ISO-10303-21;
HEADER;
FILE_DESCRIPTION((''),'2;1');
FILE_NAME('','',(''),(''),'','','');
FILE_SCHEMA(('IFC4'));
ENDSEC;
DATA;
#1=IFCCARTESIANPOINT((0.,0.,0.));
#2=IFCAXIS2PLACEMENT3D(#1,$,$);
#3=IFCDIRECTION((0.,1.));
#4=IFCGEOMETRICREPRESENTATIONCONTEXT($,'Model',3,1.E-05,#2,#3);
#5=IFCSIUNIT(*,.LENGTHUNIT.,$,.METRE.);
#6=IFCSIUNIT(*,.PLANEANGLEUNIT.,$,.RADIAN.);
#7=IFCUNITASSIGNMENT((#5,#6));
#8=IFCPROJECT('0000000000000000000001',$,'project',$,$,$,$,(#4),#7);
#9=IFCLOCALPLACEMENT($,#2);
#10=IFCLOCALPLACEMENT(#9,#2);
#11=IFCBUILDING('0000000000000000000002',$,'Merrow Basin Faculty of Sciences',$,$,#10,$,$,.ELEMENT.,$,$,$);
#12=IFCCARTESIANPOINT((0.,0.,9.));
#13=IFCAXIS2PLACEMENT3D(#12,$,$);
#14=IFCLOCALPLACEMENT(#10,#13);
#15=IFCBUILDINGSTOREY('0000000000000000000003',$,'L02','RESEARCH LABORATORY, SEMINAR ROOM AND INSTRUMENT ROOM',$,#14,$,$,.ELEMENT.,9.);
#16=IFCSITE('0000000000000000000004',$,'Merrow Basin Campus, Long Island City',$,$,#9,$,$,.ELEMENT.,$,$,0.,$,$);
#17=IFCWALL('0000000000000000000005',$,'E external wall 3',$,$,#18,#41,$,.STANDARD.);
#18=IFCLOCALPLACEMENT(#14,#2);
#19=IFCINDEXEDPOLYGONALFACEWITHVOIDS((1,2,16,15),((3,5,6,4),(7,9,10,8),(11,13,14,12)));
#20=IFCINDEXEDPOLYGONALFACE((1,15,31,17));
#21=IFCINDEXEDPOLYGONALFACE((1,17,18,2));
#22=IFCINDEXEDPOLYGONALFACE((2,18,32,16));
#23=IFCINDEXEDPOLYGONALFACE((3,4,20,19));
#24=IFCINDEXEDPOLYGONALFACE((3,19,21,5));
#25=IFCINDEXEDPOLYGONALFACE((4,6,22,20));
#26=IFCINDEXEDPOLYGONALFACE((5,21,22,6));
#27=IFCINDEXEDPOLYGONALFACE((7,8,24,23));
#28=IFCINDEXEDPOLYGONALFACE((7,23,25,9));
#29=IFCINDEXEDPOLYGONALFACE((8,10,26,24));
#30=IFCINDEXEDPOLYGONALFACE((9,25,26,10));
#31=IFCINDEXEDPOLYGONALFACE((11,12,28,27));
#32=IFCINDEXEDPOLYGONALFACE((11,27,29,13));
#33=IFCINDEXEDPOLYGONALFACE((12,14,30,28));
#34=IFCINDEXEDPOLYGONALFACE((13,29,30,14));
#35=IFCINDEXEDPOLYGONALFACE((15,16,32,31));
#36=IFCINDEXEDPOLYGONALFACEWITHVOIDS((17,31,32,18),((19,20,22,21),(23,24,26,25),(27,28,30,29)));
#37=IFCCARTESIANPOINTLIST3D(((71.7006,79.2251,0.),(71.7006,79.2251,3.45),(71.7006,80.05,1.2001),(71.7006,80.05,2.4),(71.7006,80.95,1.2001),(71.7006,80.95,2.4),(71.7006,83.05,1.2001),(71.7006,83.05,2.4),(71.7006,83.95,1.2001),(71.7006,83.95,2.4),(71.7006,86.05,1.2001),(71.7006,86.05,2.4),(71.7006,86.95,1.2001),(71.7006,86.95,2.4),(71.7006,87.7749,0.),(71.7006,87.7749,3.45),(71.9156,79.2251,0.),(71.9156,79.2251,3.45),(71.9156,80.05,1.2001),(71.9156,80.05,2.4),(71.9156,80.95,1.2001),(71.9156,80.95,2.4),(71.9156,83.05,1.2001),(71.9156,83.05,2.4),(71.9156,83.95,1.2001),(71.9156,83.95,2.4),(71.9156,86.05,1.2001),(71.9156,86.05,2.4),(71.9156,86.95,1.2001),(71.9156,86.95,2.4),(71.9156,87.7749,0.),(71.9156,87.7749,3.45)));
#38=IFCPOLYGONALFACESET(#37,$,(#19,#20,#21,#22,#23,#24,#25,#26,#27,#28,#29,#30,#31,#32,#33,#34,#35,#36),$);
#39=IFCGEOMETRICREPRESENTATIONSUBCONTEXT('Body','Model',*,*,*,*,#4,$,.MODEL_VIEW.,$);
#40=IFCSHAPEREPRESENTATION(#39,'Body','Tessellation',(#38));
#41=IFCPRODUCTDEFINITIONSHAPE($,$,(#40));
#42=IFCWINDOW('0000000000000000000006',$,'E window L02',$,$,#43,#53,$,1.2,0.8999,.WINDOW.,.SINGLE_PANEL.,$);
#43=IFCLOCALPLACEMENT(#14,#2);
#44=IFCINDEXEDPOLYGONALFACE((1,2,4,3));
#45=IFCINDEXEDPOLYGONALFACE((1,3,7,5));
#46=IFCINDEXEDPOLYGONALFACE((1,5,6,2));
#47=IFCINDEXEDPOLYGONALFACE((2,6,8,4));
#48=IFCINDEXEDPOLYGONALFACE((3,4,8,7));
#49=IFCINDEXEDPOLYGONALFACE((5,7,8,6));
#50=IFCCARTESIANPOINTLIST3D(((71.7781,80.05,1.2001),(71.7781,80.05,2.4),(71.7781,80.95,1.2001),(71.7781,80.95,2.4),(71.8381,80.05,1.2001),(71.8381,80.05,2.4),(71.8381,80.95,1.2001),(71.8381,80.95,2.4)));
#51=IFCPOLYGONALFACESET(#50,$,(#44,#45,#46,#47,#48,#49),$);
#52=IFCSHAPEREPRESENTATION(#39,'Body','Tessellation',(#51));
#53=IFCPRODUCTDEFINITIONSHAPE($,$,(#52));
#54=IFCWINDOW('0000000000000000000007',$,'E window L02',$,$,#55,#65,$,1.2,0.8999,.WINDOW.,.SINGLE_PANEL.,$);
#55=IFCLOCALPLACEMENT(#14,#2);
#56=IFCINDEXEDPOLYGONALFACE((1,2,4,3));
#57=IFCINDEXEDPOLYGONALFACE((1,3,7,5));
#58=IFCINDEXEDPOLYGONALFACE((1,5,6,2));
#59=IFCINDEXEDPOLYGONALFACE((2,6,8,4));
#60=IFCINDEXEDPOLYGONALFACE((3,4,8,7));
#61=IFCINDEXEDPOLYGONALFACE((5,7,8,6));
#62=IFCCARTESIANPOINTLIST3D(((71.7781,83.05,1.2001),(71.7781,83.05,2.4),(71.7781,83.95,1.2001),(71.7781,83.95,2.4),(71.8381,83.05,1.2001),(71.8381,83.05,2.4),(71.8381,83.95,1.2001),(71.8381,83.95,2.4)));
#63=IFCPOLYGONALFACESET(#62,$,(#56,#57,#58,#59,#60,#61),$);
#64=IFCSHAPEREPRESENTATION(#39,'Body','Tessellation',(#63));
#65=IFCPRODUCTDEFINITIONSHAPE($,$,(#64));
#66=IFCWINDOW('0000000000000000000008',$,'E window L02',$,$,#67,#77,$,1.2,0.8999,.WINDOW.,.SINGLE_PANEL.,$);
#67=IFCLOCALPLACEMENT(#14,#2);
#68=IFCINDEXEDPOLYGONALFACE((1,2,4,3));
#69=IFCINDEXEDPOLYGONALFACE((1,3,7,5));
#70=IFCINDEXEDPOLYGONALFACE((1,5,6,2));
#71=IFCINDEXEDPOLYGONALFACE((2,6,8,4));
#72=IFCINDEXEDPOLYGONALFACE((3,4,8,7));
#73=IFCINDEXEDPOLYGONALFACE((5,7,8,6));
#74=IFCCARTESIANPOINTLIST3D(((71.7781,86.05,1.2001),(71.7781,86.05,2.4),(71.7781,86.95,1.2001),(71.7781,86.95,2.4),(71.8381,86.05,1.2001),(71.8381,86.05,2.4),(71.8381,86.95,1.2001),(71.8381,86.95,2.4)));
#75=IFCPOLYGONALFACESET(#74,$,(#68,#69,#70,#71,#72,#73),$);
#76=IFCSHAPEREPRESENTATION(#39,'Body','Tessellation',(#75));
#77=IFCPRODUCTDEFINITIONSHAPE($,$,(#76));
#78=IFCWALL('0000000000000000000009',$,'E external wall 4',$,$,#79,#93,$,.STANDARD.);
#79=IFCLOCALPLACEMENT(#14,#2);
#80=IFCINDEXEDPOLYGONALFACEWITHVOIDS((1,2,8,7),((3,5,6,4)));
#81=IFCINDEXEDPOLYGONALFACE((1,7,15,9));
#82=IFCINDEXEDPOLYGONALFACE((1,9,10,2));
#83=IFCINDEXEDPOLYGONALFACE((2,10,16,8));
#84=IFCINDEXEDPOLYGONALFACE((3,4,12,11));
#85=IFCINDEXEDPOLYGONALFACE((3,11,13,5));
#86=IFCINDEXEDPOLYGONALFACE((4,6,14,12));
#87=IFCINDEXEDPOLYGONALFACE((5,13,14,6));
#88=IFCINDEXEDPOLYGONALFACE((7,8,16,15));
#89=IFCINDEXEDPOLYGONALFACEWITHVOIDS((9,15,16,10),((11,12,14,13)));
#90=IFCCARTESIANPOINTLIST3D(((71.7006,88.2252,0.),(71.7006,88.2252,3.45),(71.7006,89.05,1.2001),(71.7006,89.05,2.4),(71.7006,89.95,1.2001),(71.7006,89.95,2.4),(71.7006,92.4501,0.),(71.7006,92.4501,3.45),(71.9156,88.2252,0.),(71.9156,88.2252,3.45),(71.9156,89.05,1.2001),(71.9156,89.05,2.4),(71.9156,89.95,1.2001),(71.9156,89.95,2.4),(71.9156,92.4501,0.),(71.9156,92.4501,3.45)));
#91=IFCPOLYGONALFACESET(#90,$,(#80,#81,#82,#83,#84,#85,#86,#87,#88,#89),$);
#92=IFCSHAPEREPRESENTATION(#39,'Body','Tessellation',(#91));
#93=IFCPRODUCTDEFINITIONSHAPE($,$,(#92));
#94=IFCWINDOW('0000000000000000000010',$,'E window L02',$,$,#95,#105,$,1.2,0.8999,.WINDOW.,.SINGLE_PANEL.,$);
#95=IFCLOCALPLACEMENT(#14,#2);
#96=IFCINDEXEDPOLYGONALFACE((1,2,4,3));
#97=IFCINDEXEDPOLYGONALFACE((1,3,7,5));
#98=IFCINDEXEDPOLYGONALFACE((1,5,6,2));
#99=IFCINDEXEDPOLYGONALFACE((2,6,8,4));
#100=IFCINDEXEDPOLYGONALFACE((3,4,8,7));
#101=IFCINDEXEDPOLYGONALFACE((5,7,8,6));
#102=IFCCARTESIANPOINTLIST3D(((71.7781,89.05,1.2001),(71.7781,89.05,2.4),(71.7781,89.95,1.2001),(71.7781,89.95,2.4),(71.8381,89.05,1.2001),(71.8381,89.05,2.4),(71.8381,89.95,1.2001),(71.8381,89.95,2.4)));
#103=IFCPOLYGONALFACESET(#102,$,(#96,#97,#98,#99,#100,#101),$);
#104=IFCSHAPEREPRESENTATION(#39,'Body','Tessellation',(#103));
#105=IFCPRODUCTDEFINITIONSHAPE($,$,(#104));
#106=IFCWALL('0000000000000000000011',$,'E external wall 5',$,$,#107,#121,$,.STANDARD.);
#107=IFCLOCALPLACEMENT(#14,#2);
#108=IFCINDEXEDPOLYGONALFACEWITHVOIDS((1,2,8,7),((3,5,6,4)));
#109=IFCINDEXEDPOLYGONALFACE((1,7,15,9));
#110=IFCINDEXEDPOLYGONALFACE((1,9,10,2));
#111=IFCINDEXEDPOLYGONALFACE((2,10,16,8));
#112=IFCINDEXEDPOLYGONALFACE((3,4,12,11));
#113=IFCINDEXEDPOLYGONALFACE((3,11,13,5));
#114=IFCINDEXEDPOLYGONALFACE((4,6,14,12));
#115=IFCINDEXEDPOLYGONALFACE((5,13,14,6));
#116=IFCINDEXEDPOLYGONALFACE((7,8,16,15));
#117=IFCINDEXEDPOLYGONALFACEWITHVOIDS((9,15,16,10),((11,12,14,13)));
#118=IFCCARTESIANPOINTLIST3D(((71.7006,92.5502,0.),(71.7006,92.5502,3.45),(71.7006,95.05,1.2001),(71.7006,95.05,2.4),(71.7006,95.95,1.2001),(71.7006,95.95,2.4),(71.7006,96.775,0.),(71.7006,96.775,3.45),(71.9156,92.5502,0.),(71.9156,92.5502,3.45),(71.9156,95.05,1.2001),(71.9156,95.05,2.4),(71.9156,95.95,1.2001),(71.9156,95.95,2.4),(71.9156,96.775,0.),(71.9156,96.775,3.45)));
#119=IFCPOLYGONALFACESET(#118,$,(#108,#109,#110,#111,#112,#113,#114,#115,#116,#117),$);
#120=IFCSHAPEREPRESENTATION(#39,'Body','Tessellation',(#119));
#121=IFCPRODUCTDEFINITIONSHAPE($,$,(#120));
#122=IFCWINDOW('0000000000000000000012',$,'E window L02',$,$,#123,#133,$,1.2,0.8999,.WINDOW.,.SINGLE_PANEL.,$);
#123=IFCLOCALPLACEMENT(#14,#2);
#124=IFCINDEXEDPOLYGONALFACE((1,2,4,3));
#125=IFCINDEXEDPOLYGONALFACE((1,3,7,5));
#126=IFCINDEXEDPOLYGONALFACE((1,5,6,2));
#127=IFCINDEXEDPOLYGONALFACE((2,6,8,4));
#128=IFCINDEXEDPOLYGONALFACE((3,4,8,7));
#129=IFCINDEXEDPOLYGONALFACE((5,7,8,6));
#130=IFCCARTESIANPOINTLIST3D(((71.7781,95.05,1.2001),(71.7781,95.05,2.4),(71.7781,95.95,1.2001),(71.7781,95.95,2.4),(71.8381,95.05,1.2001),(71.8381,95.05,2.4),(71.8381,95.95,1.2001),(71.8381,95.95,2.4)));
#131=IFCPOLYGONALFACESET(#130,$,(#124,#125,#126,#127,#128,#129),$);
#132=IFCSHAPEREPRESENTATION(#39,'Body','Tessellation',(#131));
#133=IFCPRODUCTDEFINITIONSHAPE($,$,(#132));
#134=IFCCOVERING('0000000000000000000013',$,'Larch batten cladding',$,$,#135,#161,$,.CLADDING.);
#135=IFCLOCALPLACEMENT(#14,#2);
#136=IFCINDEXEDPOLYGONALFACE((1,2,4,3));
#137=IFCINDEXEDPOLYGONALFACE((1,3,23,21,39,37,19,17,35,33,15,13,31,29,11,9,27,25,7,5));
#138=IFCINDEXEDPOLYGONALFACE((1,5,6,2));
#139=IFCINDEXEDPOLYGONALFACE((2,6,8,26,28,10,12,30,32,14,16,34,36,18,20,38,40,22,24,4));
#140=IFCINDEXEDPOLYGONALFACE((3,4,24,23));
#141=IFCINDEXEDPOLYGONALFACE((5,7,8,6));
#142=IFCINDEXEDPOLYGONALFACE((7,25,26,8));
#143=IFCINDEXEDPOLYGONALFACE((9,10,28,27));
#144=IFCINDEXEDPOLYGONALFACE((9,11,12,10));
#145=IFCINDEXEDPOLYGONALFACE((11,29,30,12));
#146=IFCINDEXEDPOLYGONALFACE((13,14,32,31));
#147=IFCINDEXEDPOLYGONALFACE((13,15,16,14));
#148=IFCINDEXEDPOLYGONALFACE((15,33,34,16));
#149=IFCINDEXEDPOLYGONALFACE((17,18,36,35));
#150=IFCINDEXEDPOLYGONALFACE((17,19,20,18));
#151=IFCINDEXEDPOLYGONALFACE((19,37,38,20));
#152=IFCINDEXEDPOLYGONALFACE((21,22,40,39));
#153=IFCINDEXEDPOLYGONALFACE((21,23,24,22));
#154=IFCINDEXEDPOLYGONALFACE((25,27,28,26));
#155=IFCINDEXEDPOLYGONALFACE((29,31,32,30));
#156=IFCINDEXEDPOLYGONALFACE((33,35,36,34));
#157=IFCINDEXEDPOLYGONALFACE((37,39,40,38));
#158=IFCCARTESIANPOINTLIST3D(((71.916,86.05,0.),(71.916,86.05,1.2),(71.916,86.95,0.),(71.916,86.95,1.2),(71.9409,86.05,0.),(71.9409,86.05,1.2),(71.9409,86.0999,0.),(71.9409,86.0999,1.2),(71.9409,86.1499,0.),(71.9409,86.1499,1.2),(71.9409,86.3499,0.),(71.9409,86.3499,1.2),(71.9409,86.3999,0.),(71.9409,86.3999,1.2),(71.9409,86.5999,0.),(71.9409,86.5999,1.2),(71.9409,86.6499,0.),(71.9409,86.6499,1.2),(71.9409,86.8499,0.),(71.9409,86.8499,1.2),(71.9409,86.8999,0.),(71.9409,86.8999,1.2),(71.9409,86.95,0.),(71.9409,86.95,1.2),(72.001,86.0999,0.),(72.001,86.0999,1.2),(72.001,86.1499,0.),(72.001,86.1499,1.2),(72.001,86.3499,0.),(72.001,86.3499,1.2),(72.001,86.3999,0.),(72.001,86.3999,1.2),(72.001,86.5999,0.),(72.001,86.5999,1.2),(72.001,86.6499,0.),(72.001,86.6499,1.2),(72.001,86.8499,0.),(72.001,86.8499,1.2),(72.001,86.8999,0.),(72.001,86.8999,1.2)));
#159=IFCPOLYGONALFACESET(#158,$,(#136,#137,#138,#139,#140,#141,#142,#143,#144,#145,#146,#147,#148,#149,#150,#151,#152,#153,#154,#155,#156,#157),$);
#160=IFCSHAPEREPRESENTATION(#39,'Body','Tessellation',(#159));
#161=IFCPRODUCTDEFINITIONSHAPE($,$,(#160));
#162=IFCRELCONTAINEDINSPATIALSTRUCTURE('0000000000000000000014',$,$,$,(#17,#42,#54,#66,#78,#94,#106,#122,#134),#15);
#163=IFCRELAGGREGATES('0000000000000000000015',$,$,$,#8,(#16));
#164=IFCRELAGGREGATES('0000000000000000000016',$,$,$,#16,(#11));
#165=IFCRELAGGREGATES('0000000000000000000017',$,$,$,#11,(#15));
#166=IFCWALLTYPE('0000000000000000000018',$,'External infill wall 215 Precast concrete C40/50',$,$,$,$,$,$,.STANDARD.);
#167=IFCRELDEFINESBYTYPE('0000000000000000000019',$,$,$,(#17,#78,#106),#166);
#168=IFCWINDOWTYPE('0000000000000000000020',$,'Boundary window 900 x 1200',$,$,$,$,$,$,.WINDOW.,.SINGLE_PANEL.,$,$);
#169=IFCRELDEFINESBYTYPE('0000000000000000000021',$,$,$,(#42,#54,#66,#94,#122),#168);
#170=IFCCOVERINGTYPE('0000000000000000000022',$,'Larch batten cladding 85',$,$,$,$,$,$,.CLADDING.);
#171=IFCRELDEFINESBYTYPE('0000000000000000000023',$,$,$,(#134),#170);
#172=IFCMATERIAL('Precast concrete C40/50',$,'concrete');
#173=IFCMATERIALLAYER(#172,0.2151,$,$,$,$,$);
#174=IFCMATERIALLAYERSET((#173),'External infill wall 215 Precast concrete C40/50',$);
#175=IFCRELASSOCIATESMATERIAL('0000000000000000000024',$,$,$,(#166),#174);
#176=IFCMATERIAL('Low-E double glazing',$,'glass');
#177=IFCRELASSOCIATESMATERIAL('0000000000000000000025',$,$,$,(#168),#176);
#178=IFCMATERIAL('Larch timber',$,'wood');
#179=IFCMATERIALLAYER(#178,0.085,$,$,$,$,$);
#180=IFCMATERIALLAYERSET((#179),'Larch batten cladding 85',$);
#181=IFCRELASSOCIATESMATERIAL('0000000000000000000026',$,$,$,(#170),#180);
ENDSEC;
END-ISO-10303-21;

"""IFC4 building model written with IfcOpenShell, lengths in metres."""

from ifc_helpers import new_model, si_unit, direction, frame, frame_2d, origin, place, context, subcontext, project, spatial, polyline, rectangle, outline, extrude, source, transform, mapped, material, layer, layer_set, type_object, element, fill, save


model = new_model("IFC4")

# Units and contexts
model_context = context("Model", 3, precision=1e-05, world=origin(), true_north=direction((0.0, 1.0)))
body_context = subcontext(model_context, "Body", "Model", "MODEL_VIEW")
ifc_project = project(units=[si_unit("LENGTHUNIT", "METRE"), si_unit("PLANEANGLEUNIT", "RADIAN")], contexts=[model_context])

# Site, building, storey
site_placement = place(None, origin())
site = spatial("IfcSite", under=ifc_project, at=site_placement, Name="Merrow Basin Campus, Long Island City", CompositionType="ELEMENT", RefElevation=0.0)
building_placement = place(site_placement, origin())
building = spatial("IfcBuilding", under=site, at=building_placement, Name="Merrow Basin Faculty of Sciences", CompositionType="ELEMENT")
storey_placement = place(building_placement, frame((0.0, 0.0, 9.0)))
storey = spatial("IfcBuildingStorey", under=building, at=storey_placement, Name="L02", Description="RESEARCH LABORATORY, SEMINAR ROOM AND INSTRUMENT ROOM", CompositionType="ELEMENT", Elevation=9.0)

# Wall, openings, windows
ifc_material_1 = material(Name="Precast concrete C40/50", Category="concrete")
ifc_layer_1 = layer(ifc_material_1, 0.2151)
ifc_layer_set_1 = layer_set([ifc_layer_1], Name="External infill wall 215 Precast concrete C40/50")
wall_type = type_object("IfcWallType", Name="External infill wall 215 Precast concrete C40/50", PredefinedType="STANDARD", material=ifc_layer_set_1)
wall_1_placement = place(storey_placement, frame((71.8081, 87.7749, 0.0), z_axis=(0.0, 0.0, 1.0), x_axis=(0.0, -1.0, 0.0)))
wall_1 = element("IfcWall", 1, at=wall_1_placement, inside=storey, type_object=wall_type, Name="E external wall 3", PredefinedType="STANDARD", context=body_context, shape_type="SweptSolid", body=[
    extrude(rectangle(XDim=8.5498, YDim=0.2151, at=frame_2d((4.2749, 0.0))), origin(), (0.0, 0.0, 1.0), 3.45),
])
opening_1_placement = place(wall_1_placement, frame((6.825, 0.0, 1.2)))
opening_1 = element("IfcOpeningElement", 2, at=opening_1_placement, cuts=wall_1, PredefinedType="OPENING", context=body_context, shape_type="SweptSolid", body=[
    extrude(rectangle(XDim=0.8999, YDim=1.2, at=frame_2d((0.45, 0.6001))), frame((0.0, 0.1174, 0.0), z_axis=(0.0, -1.0, 0.0), x_axis=(1.0, 0.0, 0.0)), (0.0, 0.0, 1.0), 0.2351),
])
opening_2_placement = place(wall_1_placement, frame((3.825, 0.0, 1.2)))
opening_2 = element("IfcOpeningElement", 3, at=opening_2_placement, cuts=wall_1, PredefinedType="OPENING", context=body_context, shape_type="SweptSolid", body=[
    extrude(rectangle(XDim=0.8999, YDim=1.2, at=frame_2d((0.45, 0.6001))), frame((0.0, 0.1174, 0.0), z_axis=(0.0, -1.0, 0.0), x_axis=(1.0, 0.0, 0.0)), (0.0, 0.0, 1.0), 0.2351),
])
opening_3_placement = place(wall_1_placement, frame((0.825, 0.0, 1.2)))
opening_3 = element("IfcOpeningElement", 4, at=opening_3_placement, cuts=wall_1, PredefinedType="OPENING", context=body_context, shape_type="SweptSolid", body=[
    extrude(rectangle(XDim=0.8999, YDim=1.2, at=frame_2d((0.45, 0.6001))), frame((0.0, 0.1174, 0.0), z_axis=(0.0, -1.0, 0.0), x_axis=(1.0, 0.0, 0.0)), (0.0, 0.0, 1.0), 0.2351),
])
ifc_material_2 = material(Name="Low-E double glazing", Category="glass")
window_type = type_object("IfcWindowType", Name="Boundary window 900 x 1200", PartitioningType="SINGLE_PANEL", PredefinedType="WINDOW", material=ifc_material_2)
window_1_placement = place(opening_1_placement, origin())
window_1 = element("IfcWindow", 5, at=window_1_placement, inside=storey, type_object=window_type, Name="E window L02", OverallHeight=1.2, OverallWidth=0.8999, PartitioningType="SINGLE_PANEL", PredefinedType="WINDOW", context=body_context, shape_type="SweptSolid", body=[
    extrude(rectangle(XDim=0.8999, YDim=1.2, at=frame_2d((0.45, 0.6001))), frame((0.0, 0.03, 0.0), z_axis=(0.0, -1.0, 0.0), x_axis=(1.0, 0.0, 0.0)), (0.0, 0.0, 1.0), 0.0601),
])
fill(opening_1, window_1)
window_2_placement = place(opening_2_placement, origin())
window_2 = element("IfcWindow", 6, at=window_2_placement, inside=storey, type_object=window_type, Name="E window L02", OverallHeight=1.2, OverallWidth=0.8999, PartitioningType="SINGLE_PANEL", PredefinedType="WINDOW", context=body_context, shape_type="SweptSolid", body=[
    extrude(rectangle(XDim=0.8999, YDim=1.2, at=frame_2d((0.45, 0.6001))), frame((0.0, 0.03, 0.0), z_axis=(0.0, -1.0, 0.0), x_axis=(1.0, 0.0, 0.0)), (0.0, 0.0, 1.0), 0.0601),
])
fill(opening_2, window_2)
window_3_placement = place(opening_3_placement, origin())
window_3 = element("IfcWindow", 7, at=window_3_placement, inside=storey, type_object=window_type, Name="E window L02", OverallHeight=1.2, OverallWidth=0.8999, PartitioningType="SINGLE_PANEL", PredefinedType="WINDOW", context=body_context, shape_type="SweptSolid", body=[
    extrude(rectangle(XDim=0.8999, YDim=1.2, at=frame_2d((0.45, 0.6001))), frame((0.0, 0.03, 0.0), z_axis=(0.0, -1.0, 0.0), x_axis=(1.0, 0.0, 0.0)), (0.0, 0.0, 1.0), 0.0601),
])
fill(opening_3, window_3)

# Walls, openings, windows
wall_2_placement = place(storey_placement, frame((71.8081, 92.45, 0.0), z_axis=(0.0, 0.0, 1.0), x_axis=(0.0, -1.0, 0.0)))
wall_2 = element("IfcWall", 8, at=wall_2_placement, inside=storey, type_object=wall_type, Name="E external wall 4", PredefinedType="STANDARD", context=body_context, shape_type="SweptSolid", body=[
    extrude(rectangle(XDim=4.2249, YDim=0.2151, at=frame_2d((2.1123, 0.0))), origin(), (0.0, 0.0, 1.0), 3.45),
])
opening_4_placement = place(wall_2_placement, frame((2.5, 0.0, 1.2)))
opening_4 = element("IfcOpeningElement", 9, at=opening_4_placement, cuts=wall_2, PredefinedType="OPENING", context=body_context, shape_type="SweptSolid", body=[
    extrude(rectangle(XDim=0.8999, YDim=1.2, at=frame_2d((0.45, 0.6001))), frame((0.0, 0.1174, 0.0), z_axis=(0.0, -1.0, 0.0), x_axis=(1.0, 0.0, 0.0)), (0.0, 0.0, 1.0), 0.2351),
])
window_4_placement = place(opening_4_placement, origin())
window_4 = element("IfcWindow", 10, at=window_4_placement, inside=storey, type_object=window_type, Name="E window L02", OverallHeight=1.2, OverallWidth=0.8999, PartitioningType="SINGLE_PANEL", PredefinedType="WINDOW", context=body_context, shape_type="SweptSolid", body=[
    extrude(rectangle(XDim=0.8999, YDim=1.2, at=frame_2d((0.45, 0.6001))), frame((0.0, 0.03, 0.0), z_axis=(0.0, -1.0, 0.0), x_axis=(1.0, 0.0, 0.0)), (0.0, 0.0, 1.0), 0.0601),
])
fill(opening_4, window_4)
wall_3_placement = place(storey_placement, frame((71.8081, 96.7749, 0.0), z_axis=(0.0, 0.0, 1.0), x_axis=(0.0, -1.0, 0.0)))
wall_3 = element("IfcWall", 11, at=wall_3_placement, inside=storey, type_object=wall_type, Name="E external wall 5", PredefinedType="STANDARD", context=body_context, shape_type="SweptSolid", body=[
    extrude(rectangle(XDim=4.2249, YDim=0.2151, at=frame_2d((2.1123, 0.0))), origin(), (0.0, 0.0, 1.0), 3.45),
])
opening_5_placement = place(wall_3_placement, frame((0.825, 0.0, 1.2)))
opening_5 = element("IfcOpeningElement", 12, at=opening_5_placement, cuts=wall_3, PredefinedType="OPENING", context=body_context, shape_type="SweptSolid", body=[
    extrude(rectangle(XDim=0.8999, YDim=1.2, at=frame_2d((0.45, 0.6001))), frame((0.0, 0.1174, 0.0), z_axis=(0.0, -1.0, 0.0), x_axis=(1.0, 0.0, 0.0)), (0.0, 0.0, 1.0), 0.2351),
])
window_5_placement = place(opening_5_placement, origin())
window_5 = element("IfcWindow", 13, at=window_5_placement, inside=storey, type_object=window_type, Name="E window L02", OverallHeight=1.2, OverallWidth=0.8999, PartitioningType="SINGLE_PANEL", PredefinedType="WINDOW", context=body_context, shape_type="SweptSolid", body=[
    extrude(rectangle(XDim=0.8999, YDim=1.2, at=frame_2d((0.45, 0.6001))), frame((0.0, 0.03, 0.0), z_axis=(0.0, -1.0, 0.0), x_axis=(1.0, 0.0, 0.0)), (0.0, 0.0, 1.0), 0.0601),
])
fill(opening_5, window_5)

# Covering
ifc_material_3 = material(Name="Larch timber", Category="wood")
ifc_layer_2 = layer(ifc_material_3, 0.085)
ifc_layer_set_2 = layer_set([ifc_layer_2], Name="Larch batten cladding 85")
covering_type = type_object("IfcCoveringType", Name="Larch batten cladding 85", PredefinedType="CLADDING", material=ifc_layer_set_2)
shared_shape_1 = source(origin(), body_context, "Body", "SweptSolid", [
    extrude(outline(polyline([(0.0, 0.0), (0.8999, 0.0), (0.8999, 0.0249), (0.8501, 0.0249), (0.8501, 0.085), (0.8, 0.085), (0.8, 0.0249), (0.6001, 0.0249), (0.6001, 0.085), (0.55, 0.085), (0.55, 0.0249), (0.3501, 0.0249), (0.3501, 0.085), (0.3, 0.085), (0.3, 0.0249), (0.1001, 0.0249), (0.1001, 0.085), (0.05, 0.085), (0.05, 0.0249), (0.0, 0.0249), (0.0, 0.0)])), origin(), (0.0, 0.0, 1.0), 1.2),
])
for number, where, z_axis, x_axis, name in (
    (14, (71.916, 86.95, 0.0), (0.0, 0.0, 1.0), (0.0, -1.0, 0.0), "Larch batten cladding"),
):
    element("IfcCovering", number, at=place(storey_placement, frame(where, z_axis=z_axis, x_axis=x_axis)), inside=storey, type_object=covering_type, Name=name, PredefinedType="CLADDING", context=body_context, shape_type="MappedRepresentation", body=[
        mapped(shared_shape_1, transform((0.0, 0.0, 0.0), scale=1.0)),
    ])

save(model, "model.ifc")
